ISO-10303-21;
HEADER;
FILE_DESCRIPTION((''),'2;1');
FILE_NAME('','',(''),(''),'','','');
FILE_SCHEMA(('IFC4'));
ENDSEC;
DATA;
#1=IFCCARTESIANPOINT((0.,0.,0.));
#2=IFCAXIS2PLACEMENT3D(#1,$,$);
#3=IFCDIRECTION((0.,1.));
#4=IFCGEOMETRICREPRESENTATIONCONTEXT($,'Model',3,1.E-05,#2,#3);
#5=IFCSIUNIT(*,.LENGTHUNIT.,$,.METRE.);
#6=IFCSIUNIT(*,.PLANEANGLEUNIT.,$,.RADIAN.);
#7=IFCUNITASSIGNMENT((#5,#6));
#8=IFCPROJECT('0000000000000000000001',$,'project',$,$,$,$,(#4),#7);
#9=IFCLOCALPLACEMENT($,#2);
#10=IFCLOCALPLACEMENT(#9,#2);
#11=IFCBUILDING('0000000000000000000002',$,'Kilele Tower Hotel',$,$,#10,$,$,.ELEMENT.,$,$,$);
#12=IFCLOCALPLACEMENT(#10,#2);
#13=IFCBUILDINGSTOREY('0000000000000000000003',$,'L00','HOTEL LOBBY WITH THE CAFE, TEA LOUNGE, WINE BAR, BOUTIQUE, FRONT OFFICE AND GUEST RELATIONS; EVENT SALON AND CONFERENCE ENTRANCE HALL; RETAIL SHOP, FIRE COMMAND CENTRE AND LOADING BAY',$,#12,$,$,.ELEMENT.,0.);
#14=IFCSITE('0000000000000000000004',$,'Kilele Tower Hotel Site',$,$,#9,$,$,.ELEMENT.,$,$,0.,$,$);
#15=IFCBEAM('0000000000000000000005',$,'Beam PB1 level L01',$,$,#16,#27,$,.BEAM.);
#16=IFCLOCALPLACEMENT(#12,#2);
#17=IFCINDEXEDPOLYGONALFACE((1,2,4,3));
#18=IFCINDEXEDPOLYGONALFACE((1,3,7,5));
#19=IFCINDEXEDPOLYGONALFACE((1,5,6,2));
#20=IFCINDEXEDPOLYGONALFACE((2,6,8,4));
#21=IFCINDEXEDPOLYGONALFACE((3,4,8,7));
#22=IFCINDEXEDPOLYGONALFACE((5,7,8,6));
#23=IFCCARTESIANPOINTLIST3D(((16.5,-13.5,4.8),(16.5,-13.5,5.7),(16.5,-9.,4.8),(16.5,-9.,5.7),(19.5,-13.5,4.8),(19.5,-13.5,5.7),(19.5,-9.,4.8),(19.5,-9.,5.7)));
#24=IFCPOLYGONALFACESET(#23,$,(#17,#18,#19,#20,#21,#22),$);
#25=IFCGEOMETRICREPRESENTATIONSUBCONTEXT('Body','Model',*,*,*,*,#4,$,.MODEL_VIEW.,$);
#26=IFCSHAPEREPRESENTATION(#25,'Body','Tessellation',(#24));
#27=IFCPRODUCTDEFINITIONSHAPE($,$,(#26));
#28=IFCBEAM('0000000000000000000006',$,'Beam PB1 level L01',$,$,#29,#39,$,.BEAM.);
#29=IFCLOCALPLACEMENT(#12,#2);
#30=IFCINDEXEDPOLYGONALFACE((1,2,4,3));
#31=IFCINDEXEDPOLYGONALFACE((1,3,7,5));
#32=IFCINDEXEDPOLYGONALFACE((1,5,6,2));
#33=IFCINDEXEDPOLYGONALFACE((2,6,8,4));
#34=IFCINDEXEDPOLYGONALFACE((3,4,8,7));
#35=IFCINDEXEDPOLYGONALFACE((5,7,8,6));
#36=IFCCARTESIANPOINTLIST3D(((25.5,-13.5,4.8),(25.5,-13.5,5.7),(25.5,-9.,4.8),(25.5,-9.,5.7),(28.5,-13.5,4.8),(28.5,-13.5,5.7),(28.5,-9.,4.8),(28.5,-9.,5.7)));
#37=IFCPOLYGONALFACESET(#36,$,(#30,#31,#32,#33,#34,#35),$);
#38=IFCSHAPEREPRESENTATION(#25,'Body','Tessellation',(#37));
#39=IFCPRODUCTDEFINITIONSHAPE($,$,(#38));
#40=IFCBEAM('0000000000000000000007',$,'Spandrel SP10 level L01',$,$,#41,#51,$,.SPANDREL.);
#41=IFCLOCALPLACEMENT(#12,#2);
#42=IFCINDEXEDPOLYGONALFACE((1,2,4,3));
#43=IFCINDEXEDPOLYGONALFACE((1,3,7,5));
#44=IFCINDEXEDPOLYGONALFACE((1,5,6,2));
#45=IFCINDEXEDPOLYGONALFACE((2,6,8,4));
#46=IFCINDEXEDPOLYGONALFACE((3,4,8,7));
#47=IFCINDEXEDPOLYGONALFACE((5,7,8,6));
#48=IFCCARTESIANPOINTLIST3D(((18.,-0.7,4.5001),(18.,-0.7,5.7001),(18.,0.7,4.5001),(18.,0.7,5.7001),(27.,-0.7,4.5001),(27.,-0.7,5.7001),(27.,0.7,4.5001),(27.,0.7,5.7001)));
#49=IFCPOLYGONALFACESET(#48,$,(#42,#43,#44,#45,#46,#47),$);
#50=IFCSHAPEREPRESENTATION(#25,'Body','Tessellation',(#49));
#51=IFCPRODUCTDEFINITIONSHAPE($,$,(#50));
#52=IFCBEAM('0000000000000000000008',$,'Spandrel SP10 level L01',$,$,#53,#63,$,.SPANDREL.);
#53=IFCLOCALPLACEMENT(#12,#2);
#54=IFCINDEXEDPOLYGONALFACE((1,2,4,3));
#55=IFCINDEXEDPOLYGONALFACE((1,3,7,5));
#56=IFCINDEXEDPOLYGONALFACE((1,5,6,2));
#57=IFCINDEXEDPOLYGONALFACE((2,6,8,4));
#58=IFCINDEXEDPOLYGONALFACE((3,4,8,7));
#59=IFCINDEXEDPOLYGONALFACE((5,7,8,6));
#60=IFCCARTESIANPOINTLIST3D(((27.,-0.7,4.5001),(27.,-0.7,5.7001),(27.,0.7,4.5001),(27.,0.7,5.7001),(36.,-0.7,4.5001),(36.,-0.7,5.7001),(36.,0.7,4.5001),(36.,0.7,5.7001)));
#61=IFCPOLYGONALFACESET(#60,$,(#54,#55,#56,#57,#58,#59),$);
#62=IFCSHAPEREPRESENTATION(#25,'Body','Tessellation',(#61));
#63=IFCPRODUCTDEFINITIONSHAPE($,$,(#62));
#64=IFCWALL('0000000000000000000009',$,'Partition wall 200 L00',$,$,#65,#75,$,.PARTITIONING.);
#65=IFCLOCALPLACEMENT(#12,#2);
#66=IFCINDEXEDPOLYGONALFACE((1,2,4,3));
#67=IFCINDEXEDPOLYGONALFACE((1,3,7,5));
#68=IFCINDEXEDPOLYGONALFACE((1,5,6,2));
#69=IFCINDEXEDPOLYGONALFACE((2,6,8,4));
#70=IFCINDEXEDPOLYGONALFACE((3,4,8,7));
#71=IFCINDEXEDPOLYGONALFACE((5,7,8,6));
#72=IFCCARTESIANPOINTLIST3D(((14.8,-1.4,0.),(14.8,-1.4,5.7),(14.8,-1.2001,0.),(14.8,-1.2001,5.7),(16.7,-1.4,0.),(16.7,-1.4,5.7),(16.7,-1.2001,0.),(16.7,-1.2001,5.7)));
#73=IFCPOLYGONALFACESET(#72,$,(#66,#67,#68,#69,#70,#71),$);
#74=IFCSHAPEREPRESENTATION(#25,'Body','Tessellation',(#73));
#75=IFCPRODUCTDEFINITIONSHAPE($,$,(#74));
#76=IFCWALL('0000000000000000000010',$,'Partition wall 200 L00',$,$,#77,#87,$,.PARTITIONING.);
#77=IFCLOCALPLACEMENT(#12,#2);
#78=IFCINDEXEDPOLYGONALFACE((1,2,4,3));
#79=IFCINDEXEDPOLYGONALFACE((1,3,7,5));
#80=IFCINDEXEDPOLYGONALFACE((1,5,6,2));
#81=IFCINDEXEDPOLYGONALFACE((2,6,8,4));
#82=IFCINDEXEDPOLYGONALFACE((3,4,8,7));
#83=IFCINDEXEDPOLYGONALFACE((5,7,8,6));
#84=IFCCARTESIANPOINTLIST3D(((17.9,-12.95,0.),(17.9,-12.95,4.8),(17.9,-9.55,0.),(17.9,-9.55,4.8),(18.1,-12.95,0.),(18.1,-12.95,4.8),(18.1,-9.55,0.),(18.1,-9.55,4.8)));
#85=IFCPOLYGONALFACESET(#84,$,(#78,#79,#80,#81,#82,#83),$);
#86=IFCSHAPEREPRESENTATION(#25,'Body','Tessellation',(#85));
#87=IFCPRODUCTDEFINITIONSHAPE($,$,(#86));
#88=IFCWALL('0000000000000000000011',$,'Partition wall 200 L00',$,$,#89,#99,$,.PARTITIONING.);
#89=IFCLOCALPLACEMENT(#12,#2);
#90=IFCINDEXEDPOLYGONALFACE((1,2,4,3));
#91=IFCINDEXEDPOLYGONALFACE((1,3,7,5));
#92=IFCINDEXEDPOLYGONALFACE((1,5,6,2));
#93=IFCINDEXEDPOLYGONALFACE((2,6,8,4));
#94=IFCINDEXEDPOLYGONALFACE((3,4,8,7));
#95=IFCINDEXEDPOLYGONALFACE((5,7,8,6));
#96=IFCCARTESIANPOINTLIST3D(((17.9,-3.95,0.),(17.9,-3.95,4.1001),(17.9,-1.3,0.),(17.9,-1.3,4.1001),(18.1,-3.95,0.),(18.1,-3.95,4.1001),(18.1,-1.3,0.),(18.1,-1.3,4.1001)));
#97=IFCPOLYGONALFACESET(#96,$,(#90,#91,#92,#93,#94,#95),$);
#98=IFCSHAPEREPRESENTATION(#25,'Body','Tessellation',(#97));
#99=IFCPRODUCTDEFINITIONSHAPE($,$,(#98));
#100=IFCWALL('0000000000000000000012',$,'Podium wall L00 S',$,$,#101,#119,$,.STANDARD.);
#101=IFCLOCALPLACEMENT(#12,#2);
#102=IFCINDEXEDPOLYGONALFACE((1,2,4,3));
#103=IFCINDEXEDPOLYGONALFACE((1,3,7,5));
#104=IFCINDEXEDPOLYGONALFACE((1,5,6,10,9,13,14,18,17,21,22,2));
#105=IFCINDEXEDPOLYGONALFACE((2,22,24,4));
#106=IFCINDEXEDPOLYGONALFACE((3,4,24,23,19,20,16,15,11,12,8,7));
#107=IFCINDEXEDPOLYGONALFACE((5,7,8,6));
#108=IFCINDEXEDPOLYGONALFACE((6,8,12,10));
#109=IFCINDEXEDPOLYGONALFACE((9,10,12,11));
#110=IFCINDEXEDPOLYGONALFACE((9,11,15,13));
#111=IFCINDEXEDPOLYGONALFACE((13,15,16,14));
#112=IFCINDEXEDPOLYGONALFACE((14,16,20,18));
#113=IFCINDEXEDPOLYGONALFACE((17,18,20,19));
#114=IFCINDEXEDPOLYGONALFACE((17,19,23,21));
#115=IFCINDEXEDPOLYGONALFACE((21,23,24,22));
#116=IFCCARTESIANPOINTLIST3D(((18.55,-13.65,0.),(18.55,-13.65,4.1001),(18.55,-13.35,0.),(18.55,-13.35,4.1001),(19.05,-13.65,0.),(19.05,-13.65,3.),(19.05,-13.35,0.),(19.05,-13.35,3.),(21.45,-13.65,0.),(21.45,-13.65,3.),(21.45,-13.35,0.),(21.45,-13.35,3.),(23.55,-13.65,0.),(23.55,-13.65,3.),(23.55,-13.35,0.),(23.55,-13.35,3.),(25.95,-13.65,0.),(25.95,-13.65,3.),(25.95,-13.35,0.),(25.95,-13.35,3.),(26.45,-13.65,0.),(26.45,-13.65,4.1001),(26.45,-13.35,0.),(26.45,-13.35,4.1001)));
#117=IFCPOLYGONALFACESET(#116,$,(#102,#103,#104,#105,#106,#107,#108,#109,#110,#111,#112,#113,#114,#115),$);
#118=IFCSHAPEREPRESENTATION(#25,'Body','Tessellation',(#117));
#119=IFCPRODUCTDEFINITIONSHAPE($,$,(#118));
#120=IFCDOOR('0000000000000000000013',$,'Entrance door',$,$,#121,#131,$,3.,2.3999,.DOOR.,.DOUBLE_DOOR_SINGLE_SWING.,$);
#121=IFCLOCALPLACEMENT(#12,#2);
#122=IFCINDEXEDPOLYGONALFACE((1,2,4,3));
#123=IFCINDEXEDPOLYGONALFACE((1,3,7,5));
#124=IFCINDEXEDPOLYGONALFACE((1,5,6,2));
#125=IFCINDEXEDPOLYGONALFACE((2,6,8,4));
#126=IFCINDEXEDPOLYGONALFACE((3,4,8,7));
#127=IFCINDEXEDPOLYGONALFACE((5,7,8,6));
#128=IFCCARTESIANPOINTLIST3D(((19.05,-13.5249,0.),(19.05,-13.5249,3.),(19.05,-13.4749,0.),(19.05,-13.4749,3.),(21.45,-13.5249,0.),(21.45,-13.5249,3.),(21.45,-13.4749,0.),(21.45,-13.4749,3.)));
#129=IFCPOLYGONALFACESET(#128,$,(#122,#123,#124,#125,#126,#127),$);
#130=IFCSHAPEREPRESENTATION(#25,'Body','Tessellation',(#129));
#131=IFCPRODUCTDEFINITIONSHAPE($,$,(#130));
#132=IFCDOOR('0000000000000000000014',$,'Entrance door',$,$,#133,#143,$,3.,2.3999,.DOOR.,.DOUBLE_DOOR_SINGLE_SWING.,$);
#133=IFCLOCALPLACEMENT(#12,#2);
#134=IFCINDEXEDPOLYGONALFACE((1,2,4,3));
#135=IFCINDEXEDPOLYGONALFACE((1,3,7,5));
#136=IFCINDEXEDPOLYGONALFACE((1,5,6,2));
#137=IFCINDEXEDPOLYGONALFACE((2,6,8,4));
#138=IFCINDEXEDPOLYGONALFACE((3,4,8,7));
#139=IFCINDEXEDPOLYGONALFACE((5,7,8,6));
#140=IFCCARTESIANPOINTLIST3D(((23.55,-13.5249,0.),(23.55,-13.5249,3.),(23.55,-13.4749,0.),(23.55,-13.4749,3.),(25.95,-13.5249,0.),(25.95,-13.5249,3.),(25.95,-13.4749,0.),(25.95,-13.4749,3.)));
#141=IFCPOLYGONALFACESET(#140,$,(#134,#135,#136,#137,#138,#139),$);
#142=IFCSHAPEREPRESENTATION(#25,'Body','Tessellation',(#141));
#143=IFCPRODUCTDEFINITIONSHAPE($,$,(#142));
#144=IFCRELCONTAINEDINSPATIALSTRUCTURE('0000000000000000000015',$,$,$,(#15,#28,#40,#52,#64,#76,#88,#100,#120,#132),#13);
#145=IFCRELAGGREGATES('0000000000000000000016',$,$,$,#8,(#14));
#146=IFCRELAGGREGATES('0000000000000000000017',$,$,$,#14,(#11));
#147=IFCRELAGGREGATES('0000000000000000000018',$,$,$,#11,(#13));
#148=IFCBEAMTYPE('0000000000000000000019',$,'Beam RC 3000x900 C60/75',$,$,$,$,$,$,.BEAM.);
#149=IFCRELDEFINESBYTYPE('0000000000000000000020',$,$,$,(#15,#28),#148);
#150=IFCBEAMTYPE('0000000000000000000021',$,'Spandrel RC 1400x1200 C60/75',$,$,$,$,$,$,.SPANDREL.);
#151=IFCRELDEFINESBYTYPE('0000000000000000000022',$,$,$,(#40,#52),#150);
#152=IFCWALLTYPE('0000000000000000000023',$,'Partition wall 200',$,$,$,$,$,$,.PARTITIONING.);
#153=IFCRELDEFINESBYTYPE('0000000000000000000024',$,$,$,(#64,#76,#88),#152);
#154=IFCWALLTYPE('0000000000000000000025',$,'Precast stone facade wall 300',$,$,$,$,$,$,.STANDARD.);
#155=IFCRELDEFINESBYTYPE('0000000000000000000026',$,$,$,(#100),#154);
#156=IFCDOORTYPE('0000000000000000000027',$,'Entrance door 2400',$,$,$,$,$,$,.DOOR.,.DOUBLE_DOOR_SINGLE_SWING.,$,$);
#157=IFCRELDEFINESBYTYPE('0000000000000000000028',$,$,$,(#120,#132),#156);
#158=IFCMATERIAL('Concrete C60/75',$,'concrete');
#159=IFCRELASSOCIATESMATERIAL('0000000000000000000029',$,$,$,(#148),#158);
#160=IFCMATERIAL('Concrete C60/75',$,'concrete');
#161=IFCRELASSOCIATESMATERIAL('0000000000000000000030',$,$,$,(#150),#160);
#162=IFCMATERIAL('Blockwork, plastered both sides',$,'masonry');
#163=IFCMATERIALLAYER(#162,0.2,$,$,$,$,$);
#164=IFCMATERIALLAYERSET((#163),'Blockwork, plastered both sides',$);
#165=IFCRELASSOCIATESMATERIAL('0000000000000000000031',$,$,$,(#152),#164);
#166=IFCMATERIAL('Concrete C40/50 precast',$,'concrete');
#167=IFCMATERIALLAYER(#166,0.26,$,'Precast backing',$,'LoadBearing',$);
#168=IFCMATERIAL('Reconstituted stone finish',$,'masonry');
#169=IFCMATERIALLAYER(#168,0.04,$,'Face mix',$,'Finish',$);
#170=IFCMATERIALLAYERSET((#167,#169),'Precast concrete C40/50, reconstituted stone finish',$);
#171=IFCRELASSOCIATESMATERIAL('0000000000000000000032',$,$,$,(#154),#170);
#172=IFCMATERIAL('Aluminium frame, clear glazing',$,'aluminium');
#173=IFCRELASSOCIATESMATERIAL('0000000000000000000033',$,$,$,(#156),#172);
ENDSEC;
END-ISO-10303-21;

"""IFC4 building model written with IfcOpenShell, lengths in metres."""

from ifc_helpers import new_model, si_unit, direction, frame, frame_2d, origin, origin_2d, place, context, subcontext, project, spatial, rectangle, extrude, material, layer, layer_set, material_profile, profile_set, type_object, element, fill, save


model = new_model("IFC4")

# Units and contexts
model_context = context("Model", 3, precision=1e-05, world=origin(), true_north=direction((0.0, 1.0)))
body_context = subcontext(model_context, "Body", "Model", "MODEL_VIEW")
ifc_project = project(units=[si_unit("LENGTHUNIT", "METRE"), si_unit("PLANEANGLEUNIT", "RADIAN")], contexts=[model_context])

# Site, building, storey
site_placement = place(None, origin())
site = spatial("IfcSite", under=ifc_project, at=site_placement, Name="Kilele Tower Hotel Site", CompositionType="ELEMENT", RefElevation=0.0)
building_placement = place(site_placement, origin())
building = spatial("IfcBuilding", under=site, at=building_placement, Name="Kilele Tower Hotel", CompositionType="ELEMENT")
storey_placement = place(building_placement, origin())
storey = spatial("IfcBuildingStorey", under=building, at=storey_placement, Name="L00", Description="HOTEL LOBBY WITH THE CAFE, TEA LOUNGE, WINE BAR, BOUTIQUE, FRONT OFFICE AND GUEST RELATIONS; EVENT SALON AND CONFERENCE ENTRANCE HALL; RETAIL SHOP, FIRE COMMAND CENTRE AND LOADING BAY", CompositionType="ELEMENT", Elevation=0.0)

# Beams
ifc_material_1 = material(Name="Concrete C60/75", Category="concrete")
ifc_material_profile_1 = material_profile(ifc_material_1, rectangle(XDim=3.0, YDim=0.8999, at=origin_2d()))
ifc_profile_set_1 = profile_set([ifc_material_profile_1], Name="Concrete C60/75")
beam_type_1 = type_object("IfcBeamType", Name="Beam RC 3000x900 C60/75", PredefinedType="BEAM", material=ifc_profile_set_1)
for number, where, z_axis, x_axis, name in (
    (1, (18.0, -13.5, 5.25), (0.0, 1.0, 0.0), (-1.0, 0.0, 0.0), "Beam PB1 level L01"),
    (2, (27.0, -13.5, 5.25), (0.0, 1.0, 0.0), (-1.0, 0.0, 0.0), "Beam PB1 level L01"),
):
    element("IfcBeam", number, at=place(storey_placement, frame(where, z_axis=z_axis, x_axis=x_axis)), inside=storey, type_object=beam_type_1, Name=name, PredefinedType="BEAM", context=body_context, shape_type="SweptSolid", body=[
        extrude(rectangle(XDim=3.0, YDim=0.8999, at=origin_2d()), origin(), (0.0, 0.0, 1.0), 4.5),
    ])
ifc_material_2 = material(Name="Concrete C60/75", Category="concrete")
ifc_material_profile_2 = material_profile(ifc_material_2, rectangle(XDim=1.3999, YDim=1.2, at=origin_2d()))
ifc_profile_set_2 = profile_set([ifc_material_profile_2], Name="Concrete C60/75")
beam_type_2 = type_object("IfcBeamType", Name="Spandrel RC 1400x1200 C60/75", PredefinedType="SPANDREL", material=ifc_profile_set_2)
for number, where, z_axis, x_axis, name in (
    (3, (18.0, 0.0, 5.1001), (1.0, 0.0, 0.0), (0.0, 1.0, 0.0), "Spandrel SP10 level L01"),
    (4, (27.0, 0.0, 5.1001), (1.0, 0.0, 0.0), (0.0, 1.0, 0.0), "Spandrel SP10 level L01"),
):
    element("IfcBeam", number, at=place(storey_placement, frame(where, z_axis=z_axis, x_axis=x_axis)), inside=storey, type_object=beam_type_2, Name=name, PredefinedType="SPANDREL", context=body_context, shape_type="SweptSolid", body=[
        extrude(rectangle(XDim=1.3999, YDim=1.2, at=origin_2d()), origin(), (0.0, 0.0, 1.0), 9.0),
    ])

# Walls
ifc_material_3 = material(Name="Blockwork, plastered both sides", Category="masonry")
ifc_layer_1 = layer(ifc_material_3, 0.2)
ifc_layer_set_1 = layer_set([ifc_layer_1], Name="Blockwork, plastered both sides")
wall_type_1 = type_object("IfcWallType", Name="Partition wall 200", PredefinedType="PARTITIONING", material=ifc_layer_set_1)
wall_1_placement = place(storey_placement, frame((14.8, -1.3, 0.0), z_axis=(0.0, 0.0, 1.0), x_axis=(1.0, 0.0, 0.0)))
element("IfcWall", 5, at=wall_1_placement, inside=storey, type_object=wall_type_1, Name="Partition wall 200 L00", PredefinedType="PARTITIONING", context=body_context, shape_type="SweptSolid", body=[
    extrude(rectangle(XDim=1.8999, YDim=0.2, at=frame_2d((0.95, 0.0))), origin(), (0.0, 0.0, 1.0), 5.7),
])
wall_2_placement = place(storey_placement, frame((18.0, -12.95, 0.0), z_axis=(0.0, 0.0, 1.0), x_axis=(0.0, 1.0, 0.0)))
element("IfcWall", 6, at=wall_2_placement, inside=storey, type_object=wall_type_1, Name="Partition wall 200 L00", PredefinedType="PARTITIONING", context=body_context, shape_type="SweptSolid", body=[
    extrude(rectangle(XDim=3.3999, YDim=0.2, at=frame_2d((1.7, 0.0))), origin(), (0.0, 0.0, 1.0), 4.8),
])

# Wall
wall_3_placement = place(storey_placement, frame((18.0, -3.95, 0.0), z_axis=(0.0, 0.0, 1.0), x_axis=(0.0, 1.0, 0.0)))
element("IfcWall", 7, at=wall_3_placement, inside=storey, type_object=wall_type_1, Name="Partition wall 200 L00", PredefinedType="PARTITIONING", context=body_context, shape_type="SweptSolid", body=[
    extrude(rectangle(XDim=2.6499, YDim=0.2, at=frame_2d((1.325, 0.0))), origin(), (0.0, 0.0, 1.0), 4.1001),
])

# Wall, openings, doors
ifc_material_4 = material(Name="Concrete C40/50 precast", Category="concrete")
ifc_layer_2 = layer(ifc_material_4, 0.26, Name="Precast backing", Category="LoadBearing")
ifc_material_5 = material(Name="Reconstituted stone finish", Category="masonry")
ifc_layer_3 = layer(ifc_material_5, 0.04, Name="Face mix", Category="Finish")
ifc_layer_set_2 = layer_set([ifc_layer_2, ifc_layer_3], Name="Precast concrete C40/50, reconstituted stone finish")
wall_type_2 = type_object("IfcWallType", Name="Precast stone facade wall 300", PredefinedType="STANDARD", material=ifc_layer_set_2)
wall_4_placement = place(storey_placement, frame((18.55, -13.5, 0.0), z_axis=(0.0, 0.0, 1.0), x_axis=(1.0, 0.0, 0.0)))
wall_4 = element("IfcWall", 8, at=wall_4_placement, inside=storey, type_object=wall_type_2, Name="Podium wall L00 S", PredefinedType="STANDARD", context=body_context, shape_type="SweptSolid", body=[
    extrude(rectangle(XDim=7.8999, YDim=0.3, at=frame_2d((3.95, 0.0))), origin(), (0.0, 0.0, 1.0), 4.1001),
])
opening_1_placement = place(wall_4_placement, frame((2.8999, 0.0, 0.0), z_axis=(0.0, 0.0, 1.0), x_axis=(-1.0, 0.0, 0.0)))
opening_1 = element("IfcOpeningElement", 9, at=opening_1_placement, cuts=wall_4, PredefinedType="OPENING", context=body_context, shape_type="SweptSolid", body=[
    extrude(rectangle(XDim=2.3999, YDim=3.0, at=frame_2d((1.2, 1.5))), frame((0.0, 0.1599, 0.0), z_axis=(0.0, -1.0, 0.0), x_axis=(1.0, 0.0, 0.0)), (0.0, 0.0, 1.0), 0.3201),
])
opening_2_placement = place(wall_4_placement, frame((7.3999, 0.0, 0.0), z_axis=(0.0, 0.0, 1.0), x_axis=(-1.0, 0.0, 0.0)))
opening_2 = element("IfcOpeningElement", 10, at=opening_2_placement, cuts=wall_4, PredefinedType="OPENING", context=body_context, shape_type="SweptSolid", body=[
    extrude(rectangle(XDim=2.3999, YDim=3.0, at=frame_2d((1.2, 1.5))), frame((0.0, 0.1599, 0.0), z_axis=(0.0, -1.0, 0.0), x_axis=(1.0, 0.0, 0.0)), (0.0, 0.0, 1.0), 0.3201),
])
ifc_material_6 = material(Name="Aluminium frame, clear glazing", Category="aluminium")
door_type_1 = type_object("IfcDoorType", Name="Entrance door 2400", OperationType="DOUBLE_DOOR_SINGLE_SWING", PredefinedType="DOOR", material=ifc_material_6)
door_1_placement = place(opening_1_placement, origin())
door_1 = element("IfcDoor", 11, at=door_1_placement, inside=storey, type_object=door_type_1, Name="Entrance door", OperationType="DOUBLE_DOOR_SINGLE_SWING", OverallHeight=3.0, OverallWidth=2.3999, PredefinedType="DOOR", context=body_context, shape_type="SweptSolid", body=[
    extrude(rectangle(XDim=2.3999, YDim=3.0, at=frame_2d((1.2, 1.5))), frame((0.0, 0.0249, 0.0), z_axis=(0.0, -1.0, 0.0), x_axis=(1.0, 0.0, 0.0)), (0.0, 0.0, 1.0), 0.05),
])
fill(opening_1, door_1)
door_2_placement = place(opening_2_placement, origin())
door_2 = element("IfcDoor", 12, at=door_2_placement, inside=storey, type_object=door_type_1, Name="Entrance door", OperationType="DOUBLE_DOOR_SINGLE_SWING", OverallHeight=3.0, OverallWidth=2.3999, PredefinedType="DOOR", context=body_context, shape_type="SweptSolid", body=[
    extrude(rectangle(XDim=2.3999, YDim=3.0, at=frame_2d((1.2, 1.5))), frame((0.0, 0.0249, 0.0), z_axis=(0.0, -1.0, 0.0), x_axis=(1.0, 0.0, 0.0)), (0.0, 0.0, 1.0), 0.05),
])
fill(opening_2, door_2)

save(model, "model.ifc")
